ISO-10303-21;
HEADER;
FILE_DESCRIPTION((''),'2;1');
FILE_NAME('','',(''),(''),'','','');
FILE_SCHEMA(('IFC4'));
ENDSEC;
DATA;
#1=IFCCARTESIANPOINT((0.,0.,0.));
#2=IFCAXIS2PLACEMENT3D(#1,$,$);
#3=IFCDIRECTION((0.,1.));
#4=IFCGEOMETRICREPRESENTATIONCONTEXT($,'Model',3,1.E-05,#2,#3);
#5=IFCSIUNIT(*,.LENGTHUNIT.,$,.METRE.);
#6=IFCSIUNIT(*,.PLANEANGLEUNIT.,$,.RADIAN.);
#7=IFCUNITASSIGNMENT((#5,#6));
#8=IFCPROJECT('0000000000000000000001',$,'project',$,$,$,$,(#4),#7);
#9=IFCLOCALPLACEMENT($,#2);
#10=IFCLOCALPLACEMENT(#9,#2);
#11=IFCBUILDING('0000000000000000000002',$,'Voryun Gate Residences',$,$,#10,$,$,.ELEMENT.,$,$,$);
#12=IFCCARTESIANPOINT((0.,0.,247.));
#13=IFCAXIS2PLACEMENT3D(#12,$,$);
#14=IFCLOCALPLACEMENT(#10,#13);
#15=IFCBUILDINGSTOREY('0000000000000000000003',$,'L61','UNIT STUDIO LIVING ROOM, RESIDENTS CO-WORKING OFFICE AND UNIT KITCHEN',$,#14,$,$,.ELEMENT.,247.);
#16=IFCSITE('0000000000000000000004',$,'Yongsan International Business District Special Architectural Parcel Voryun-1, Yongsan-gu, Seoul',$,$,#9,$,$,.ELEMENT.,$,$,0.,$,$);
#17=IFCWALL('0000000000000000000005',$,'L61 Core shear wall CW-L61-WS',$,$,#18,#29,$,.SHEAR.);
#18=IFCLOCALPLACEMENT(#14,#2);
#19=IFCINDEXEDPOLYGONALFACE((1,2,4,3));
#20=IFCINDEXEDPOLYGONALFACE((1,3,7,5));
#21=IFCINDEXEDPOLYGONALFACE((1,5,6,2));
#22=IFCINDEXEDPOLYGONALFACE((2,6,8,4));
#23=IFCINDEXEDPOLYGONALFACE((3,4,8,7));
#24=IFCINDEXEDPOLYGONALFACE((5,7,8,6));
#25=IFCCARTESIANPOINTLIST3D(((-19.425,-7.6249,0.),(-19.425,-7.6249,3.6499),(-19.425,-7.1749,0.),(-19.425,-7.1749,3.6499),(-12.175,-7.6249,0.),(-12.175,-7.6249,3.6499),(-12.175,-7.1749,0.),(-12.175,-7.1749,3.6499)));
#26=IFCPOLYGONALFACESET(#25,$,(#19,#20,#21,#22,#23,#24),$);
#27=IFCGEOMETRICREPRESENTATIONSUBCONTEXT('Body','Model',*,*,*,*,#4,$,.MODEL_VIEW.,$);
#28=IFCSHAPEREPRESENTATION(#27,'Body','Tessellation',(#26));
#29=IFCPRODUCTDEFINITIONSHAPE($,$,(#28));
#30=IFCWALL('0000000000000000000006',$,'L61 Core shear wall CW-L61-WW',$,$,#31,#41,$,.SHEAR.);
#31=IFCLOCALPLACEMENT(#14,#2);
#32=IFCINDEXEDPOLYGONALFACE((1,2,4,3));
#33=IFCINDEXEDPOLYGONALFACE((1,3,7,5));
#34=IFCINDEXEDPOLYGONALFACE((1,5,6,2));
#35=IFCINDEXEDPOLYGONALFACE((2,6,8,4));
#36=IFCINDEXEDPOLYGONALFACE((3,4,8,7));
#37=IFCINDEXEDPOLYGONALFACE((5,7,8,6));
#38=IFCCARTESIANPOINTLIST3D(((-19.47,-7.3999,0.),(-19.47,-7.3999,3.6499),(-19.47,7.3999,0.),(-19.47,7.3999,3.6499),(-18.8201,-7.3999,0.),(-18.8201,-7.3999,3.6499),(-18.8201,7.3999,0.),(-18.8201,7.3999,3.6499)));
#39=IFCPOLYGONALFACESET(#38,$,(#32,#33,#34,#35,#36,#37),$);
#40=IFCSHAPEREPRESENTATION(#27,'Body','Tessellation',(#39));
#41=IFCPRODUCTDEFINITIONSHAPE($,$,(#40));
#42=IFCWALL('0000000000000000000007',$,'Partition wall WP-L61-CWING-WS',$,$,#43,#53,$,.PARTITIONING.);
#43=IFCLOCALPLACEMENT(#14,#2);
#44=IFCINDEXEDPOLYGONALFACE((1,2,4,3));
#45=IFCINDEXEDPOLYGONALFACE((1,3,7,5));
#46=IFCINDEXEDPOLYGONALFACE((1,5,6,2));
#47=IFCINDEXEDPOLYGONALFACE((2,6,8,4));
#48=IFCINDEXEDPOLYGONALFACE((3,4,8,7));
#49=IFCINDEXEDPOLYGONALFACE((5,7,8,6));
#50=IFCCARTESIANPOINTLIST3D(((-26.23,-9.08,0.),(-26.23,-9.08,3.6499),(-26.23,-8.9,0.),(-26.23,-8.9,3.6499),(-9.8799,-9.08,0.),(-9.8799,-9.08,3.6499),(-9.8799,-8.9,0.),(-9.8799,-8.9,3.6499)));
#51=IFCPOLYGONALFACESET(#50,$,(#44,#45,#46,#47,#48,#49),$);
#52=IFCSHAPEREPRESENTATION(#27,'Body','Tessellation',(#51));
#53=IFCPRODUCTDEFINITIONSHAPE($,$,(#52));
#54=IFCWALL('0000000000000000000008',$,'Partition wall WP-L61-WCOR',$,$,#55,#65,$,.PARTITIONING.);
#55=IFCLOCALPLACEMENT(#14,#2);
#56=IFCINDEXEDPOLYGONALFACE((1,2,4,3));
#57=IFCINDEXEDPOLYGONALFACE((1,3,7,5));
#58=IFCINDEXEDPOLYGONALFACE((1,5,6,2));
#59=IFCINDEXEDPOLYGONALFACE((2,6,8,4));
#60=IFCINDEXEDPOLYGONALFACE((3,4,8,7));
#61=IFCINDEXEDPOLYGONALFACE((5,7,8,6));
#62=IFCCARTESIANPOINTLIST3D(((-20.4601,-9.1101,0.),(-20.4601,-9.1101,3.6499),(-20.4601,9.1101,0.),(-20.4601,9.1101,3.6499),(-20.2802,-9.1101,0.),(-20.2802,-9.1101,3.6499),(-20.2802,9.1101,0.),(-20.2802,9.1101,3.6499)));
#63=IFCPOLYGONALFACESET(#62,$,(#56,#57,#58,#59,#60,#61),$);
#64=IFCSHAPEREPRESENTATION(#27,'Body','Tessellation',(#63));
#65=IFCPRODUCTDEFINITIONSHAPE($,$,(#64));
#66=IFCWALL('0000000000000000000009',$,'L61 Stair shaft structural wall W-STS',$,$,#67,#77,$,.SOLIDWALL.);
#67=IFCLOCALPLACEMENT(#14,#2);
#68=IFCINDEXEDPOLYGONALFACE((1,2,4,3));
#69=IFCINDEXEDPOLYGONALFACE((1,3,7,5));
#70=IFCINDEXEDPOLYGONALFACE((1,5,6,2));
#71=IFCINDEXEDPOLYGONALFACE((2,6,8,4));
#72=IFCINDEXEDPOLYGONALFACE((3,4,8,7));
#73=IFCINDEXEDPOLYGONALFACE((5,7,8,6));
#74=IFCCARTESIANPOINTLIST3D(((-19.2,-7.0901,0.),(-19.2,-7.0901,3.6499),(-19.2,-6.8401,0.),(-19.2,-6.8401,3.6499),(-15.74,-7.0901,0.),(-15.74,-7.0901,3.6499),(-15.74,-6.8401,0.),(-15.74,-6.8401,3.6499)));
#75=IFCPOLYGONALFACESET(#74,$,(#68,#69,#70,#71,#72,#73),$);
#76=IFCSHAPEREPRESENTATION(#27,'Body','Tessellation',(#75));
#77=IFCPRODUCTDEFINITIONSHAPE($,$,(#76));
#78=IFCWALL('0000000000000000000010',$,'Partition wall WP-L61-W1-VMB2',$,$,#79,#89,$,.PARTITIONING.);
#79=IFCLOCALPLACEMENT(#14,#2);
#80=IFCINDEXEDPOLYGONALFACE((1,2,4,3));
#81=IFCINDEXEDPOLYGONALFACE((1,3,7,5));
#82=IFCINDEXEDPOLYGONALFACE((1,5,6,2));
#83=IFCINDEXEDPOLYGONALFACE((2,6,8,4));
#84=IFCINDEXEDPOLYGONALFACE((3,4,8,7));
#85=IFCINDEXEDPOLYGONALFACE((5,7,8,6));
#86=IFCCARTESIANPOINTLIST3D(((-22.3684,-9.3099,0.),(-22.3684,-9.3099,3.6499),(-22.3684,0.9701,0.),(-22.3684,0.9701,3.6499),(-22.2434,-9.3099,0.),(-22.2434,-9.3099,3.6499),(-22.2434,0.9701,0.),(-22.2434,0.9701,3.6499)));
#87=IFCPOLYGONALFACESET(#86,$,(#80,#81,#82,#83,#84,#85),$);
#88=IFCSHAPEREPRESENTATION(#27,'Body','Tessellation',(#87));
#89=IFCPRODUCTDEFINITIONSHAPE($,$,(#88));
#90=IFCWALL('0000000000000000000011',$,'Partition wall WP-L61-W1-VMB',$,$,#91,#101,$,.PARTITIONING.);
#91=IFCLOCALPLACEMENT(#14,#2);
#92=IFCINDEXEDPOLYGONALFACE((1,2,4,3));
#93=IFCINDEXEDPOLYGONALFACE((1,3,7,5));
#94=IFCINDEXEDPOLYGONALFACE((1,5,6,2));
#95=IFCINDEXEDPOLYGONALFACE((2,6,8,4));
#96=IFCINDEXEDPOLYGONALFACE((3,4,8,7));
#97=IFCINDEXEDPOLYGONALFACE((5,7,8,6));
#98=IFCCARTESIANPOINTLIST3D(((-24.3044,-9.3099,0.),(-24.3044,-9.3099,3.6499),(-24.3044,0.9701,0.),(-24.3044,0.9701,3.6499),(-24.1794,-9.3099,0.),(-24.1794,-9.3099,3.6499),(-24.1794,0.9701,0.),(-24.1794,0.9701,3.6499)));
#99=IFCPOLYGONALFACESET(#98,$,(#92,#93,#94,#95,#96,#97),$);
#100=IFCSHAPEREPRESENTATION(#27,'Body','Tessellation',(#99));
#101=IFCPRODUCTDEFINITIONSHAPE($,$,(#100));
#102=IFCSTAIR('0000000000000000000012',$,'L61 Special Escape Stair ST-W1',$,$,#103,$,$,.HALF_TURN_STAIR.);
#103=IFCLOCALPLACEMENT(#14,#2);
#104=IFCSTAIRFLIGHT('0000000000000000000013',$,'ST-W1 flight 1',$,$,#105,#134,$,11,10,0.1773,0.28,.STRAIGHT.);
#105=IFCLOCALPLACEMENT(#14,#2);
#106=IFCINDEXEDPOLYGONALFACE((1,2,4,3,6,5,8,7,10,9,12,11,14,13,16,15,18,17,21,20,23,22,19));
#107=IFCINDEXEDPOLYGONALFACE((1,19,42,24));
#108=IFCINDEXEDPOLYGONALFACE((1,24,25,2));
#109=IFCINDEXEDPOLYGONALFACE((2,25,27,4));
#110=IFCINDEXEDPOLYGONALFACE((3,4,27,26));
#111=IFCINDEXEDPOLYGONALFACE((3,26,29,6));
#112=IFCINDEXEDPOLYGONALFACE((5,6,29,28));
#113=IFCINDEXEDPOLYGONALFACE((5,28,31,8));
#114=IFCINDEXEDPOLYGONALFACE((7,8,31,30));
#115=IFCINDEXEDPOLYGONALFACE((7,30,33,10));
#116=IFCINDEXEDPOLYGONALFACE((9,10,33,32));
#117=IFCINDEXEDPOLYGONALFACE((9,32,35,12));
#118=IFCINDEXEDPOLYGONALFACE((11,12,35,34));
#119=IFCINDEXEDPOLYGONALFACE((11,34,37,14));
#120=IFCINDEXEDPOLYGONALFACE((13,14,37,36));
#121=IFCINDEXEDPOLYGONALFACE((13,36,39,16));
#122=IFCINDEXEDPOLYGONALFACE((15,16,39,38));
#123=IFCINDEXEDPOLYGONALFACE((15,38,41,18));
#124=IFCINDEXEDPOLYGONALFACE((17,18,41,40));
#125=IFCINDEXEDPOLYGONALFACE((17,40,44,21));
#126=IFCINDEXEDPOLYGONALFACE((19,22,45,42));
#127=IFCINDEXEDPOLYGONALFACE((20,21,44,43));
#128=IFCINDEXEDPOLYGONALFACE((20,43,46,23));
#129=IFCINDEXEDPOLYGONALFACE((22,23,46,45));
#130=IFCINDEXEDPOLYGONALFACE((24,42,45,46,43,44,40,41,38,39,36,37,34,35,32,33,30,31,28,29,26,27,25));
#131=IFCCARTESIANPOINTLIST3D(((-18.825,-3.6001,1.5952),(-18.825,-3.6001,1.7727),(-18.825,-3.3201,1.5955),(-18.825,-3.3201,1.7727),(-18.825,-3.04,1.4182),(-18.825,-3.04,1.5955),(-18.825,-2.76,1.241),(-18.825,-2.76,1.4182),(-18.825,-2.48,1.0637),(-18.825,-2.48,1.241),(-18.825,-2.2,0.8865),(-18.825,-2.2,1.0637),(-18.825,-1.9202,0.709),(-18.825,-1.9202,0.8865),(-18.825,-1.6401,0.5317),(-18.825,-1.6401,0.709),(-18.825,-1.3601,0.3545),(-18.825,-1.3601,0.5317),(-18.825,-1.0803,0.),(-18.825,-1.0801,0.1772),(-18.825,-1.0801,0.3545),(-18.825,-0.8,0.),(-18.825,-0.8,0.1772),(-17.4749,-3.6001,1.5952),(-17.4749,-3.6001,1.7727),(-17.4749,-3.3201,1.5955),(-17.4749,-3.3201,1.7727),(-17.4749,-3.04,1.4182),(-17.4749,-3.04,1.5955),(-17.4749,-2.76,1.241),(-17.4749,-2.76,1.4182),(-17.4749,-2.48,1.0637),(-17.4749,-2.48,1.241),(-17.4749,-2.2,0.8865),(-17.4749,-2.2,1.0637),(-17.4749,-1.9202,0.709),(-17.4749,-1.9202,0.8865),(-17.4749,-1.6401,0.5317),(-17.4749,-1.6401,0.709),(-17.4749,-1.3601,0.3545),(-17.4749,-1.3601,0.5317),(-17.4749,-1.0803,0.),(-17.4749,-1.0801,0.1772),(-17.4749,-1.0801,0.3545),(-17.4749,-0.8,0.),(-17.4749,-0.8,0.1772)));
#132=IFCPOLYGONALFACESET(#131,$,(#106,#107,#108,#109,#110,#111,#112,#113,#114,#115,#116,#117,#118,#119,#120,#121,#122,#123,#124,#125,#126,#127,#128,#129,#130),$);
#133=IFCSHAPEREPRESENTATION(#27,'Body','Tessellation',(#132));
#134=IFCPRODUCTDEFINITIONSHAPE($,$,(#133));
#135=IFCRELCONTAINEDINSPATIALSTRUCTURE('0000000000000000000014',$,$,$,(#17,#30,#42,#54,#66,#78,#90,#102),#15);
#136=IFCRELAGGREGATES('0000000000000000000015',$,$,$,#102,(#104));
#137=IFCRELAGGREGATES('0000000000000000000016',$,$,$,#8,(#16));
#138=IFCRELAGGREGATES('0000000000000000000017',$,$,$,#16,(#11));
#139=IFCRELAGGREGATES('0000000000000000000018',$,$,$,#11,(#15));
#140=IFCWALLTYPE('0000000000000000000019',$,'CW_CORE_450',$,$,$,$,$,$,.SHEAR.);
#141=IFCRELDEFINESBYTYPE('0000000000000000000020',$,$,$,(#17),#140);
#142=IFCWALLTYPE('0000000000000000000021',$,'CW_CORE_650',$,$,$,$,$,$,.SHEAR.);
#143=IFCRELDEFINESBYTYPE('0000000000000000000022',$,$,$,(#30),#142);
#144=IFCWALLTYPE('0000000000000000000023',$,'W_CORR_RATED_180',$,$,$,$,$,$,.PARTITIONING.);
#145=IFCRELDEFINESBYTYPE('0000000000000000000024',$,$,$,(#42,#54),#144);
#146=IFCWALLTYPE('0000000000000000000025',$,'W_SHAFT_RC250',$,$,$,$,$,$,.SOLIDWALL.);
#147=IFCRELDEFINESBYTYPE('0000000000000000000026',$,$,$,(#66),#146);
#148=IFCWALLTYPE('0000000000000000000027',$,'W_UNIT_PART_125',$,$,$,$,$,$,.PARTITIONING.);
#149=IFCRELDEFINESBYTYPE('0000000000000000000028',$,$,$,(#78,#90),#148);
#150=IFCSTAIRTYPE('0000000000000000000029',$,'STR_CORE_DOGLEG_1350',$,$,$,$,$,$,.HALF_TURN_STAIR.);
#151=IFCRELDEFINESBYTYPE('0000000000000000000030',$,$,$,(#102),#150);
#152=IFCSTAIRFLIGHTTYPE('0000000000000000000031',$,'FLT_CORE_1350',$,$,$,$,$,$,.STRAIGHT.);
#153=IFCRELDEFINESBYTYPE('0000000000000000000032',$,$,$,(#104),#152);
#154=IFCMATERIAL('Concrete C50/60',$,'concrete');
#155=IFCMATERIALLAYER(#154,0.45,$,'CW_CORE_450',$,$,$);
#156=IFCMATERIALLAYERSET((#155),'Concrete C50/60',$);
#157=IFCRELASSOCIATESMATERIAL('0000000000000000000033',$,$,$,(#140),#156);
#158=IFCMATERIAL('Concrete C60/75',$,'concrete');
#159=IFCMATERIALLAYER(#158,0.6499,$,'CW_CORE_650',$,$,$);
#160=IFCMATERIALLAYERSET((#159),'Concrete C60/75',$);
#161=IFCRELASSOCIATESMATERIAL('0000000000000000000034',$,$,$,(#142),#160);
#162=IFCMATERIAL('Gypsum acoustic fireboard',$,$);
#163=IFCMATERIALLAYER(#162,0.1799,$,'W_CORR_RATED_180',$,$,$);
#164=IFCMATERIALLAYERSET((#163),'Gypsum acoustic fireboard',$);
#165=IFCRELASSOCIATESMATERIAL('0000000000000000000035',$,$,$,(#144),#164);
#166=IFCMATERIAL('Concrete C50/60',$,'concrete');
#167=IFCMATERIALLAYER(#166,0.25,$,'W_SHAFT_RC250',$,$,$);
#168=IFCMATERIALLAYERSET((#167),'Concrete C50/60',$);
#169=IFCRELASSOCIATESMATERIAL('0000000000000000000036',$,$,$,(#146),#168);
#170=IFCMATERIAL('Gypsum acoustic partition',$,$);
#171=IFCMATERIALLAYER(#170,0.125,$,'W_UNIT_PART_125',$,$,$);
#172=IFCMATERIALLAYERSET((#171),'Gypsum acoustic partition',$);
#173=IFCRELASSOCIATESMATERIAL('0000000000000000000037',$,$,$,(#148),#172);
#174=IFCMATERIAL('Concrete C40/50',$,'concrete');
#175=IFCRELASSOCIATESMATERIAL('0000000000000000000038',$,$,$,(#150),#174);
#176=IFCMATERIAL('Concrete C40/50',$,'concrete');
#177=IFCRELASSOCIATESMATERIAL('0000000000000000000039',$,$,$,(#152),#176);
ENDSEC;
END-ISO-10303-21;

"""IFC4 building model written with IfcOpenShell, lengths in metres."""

from ifc_helpers import new_model, si_unit, direction, frame, frame_2d, origin, place, context, subcontext, project, spatial, polyline, rectangle, outline, extrude, material, layer, layer_set, type_object, element, aggregate, save


model = new_model("IFC4")

# Units and contexts
model_context = context("Model", 3, precision=1e-05, world=origin(), true_north=direction((0.0, 1.0)))
body_context = subcontext(model_context, "Body", "Model", "MODEL_VIEW")
ifc_project = project(units=[si_unit("LENGTHUNIT", "METRE"), si_unit("PLANEANGLEUNIT", "RADIAN")], contexts=[model_context])

# Site, building, storey
site_placement = place(None, origin())
site = spatial("IfcSite", under=ifc_project, at=site_placement, Name="Yongsan International Business District Special Architectural Parcel Voryun-1, Yongsan-gu, Seoul", CompositionType="ELEMENT", RefElevation=0.0)
building_placement = place(site_placement, origin())
building = spatial("IfcBuilding", under=site, at=building_placement, Name="Voryun Gate Residences", CompositionType="ELEMENT")
storey_placement = place(building_placement, frame((0.0, 0.0, 247.0)))
storey = spatial("IfcBuildingStorey", under=building, at=storey_placement, Name="L61", Description="UNIT STUDIO LIVING ROOM, RESIDENTS CO-WORKING OFFICE AND UNIT KITCHEN", CompositionType="ELEMENT", Elevation=247.0)

# Walls
ifc_material_1 = material(Name="Concrete C50/60", Category="concrete")
ifc_layer_1 = layer(ifc_material_1, 0.45, Name="CW_CORE_450")
ifc_layer_set_1 = layer_set([ifc_layer_1], Name="Concrete C50/60")
wall_type_1 = type_object("IfcWallType", Name="CW_CORE_450", PredefinedType="SHEAR", material=ifc_layer_set_1)
wall_1_placement = place(storey_placement, frame((-19.425, -7.3999, 0.0), z_axis=(0.0, 0.0, 1.0), x_axis=(1.0, 0.0, 0.0)))
element("IfcWall", 1, at=wall_1_placement, inside=storey, type_object=wall_type_1, Name="L61 Core shear wall CW-L61-WS", PredefinedType="SHEAR", context=body_context, shape_type="SweptSolid", body=[
    extrude(rectangle(XDim=7.25, YDim=0.45, at=frame_2d((3.625, 0.0))), origin(), (0.0, 0.0, 1.0), 3.6499),
])
ifc_material_2 = material(Name="Concrete C60/75", Category="concrete")
ifc_layer_2 = layer(ifc_material_2, 0.6499, Name="CW_CORE_650")
ifc_layer_set_2 = layer_set([ifc_layer_2], Name="Concrete C60/75")
wall_type_2 = type_object("IfcWallType", Name="CW_CORE_650", PredefinedType="SHEAR", material=ifc_layer_set_2)
wall_2_placement = place(storey_placement, frame((-19.145, -7.3999, 0.0), z_axis=(0.0, 0.0, 1.0), x_axis=(0.0, 1.0, 0.0)))
element("IfcWall", 2, at=wall_2_placement, inside=storey, type_object=wall_type_2, Name="L61 Core shear wall CW-L61-WW", PredefinedType="SHEAR", context=body_context, shape_type="SweptSolid", body=[
    extrude(rectangle(XDim=14.7998, YDim=0.6499, at=frame_2d((7.3999, 0.0))), origin(), (0.0, 0.0, 1.0), 3.6499),
])
ifc_material_3 = material(Name="Gypsum acoustic fireboard")
ifc_layer_3 = layer(ifc_material_3, 0.1799, Name="W_CORR_RATED_180")
ifc_layer_set_3 = layer_set([ifc_layer_3], Name="Gypsum acoustic fireboard")
wall_type_3 = type_object("IfcWallType", Name="W_CORR_RATED_180", PredefinedType="PARTITIONING", material=ifc_layer_set_3)
wall_3_placement = place(storey_placement, frame((-26.23, -8.99, 0.0), z_axis=(0.0, 0.0, 1.0), x_axis=(1.0, 0.0, 0.0)))
element("IfcWall", 3, at=wall_3_placement, inside=storey, type_object=wall_type_3, Name="Partition wall WP-L61-CWING-WS", PredefinedType="PARTITIONING", context=body_context, shape_type="SweptSolid", body=[
    extrude(rectangle(XDim=16.3501, YDim=0.1799, at=frame_2d((8.175, 0.0))), origin(), (0.0, 0.0, 1.0), 3.6499),
])
wall_4_placement = place(storey_placement, frame((-20.3701, -9.1101, 0.0), z_axis=(0.0, 0.0, 1.0), x_axis=(0.0, 1.0, 0.0)))
element("IfcWall", 4, at=wall_4_placement, inside=storey, type_object=wall_type_3, Name="Partition wall WP-L61-WCOR", PredefinedType="PARTITIONING", context=body_context, shape_type="SweptSolid", body=[
    extrude(rectangle(XDim=18.2202, YDim=0.1799, at=frame_2d((9.1101, 0.0))), origin(), (0.0, 0.0, 1.0), 3.6499),
])
ifc_material_4 = material(Name="Concrete C50/60", Category="concrete")
ifc_layer_4 = layer(ifc_material_4, 0.25, Name="W_SHAFT_RC250")
ifc_layer_set_4 = layer_set([ifc_layer_4], Name="Concrete C50/60")
wall_type_4 = type_object("IfcWallType", Name="W_SHAFT_RC250", PredefinedType="SOLIDWALL", material=ifc_layer_set_4)
wall_5_placement = place(storey_placement, frame((-19.2, -6.9651, 0.0), z_axis=(0.0, 0.0, 1.0), x_axis=(1.0, 0.0, 0.0)))
element("IfcWall", 5, at=wall_5_placement, inside=storey, type_object=wall_type_4, Name="L61 Stair shaft structural wall W-STS", PredefinedType="SOLIDWALL", context=body_context, shape_type="SweptSolid", body=[
    extrude(rectangle(XDim=3.46, YDim=0.25, at=frame_2d((1.73, 0.0))), origin(), (0.0, 0.0, 1.0), 3.6499),
])
ifc_material_5 = material(Name="Gypsum acoustic partition")
ifc_layer_5 = layer(ifc_material_5, 0.125, Name="W_UNIT_PART_125")
ifc_layer_set_5 = layer_set([ifc_layer_5], Name="Gypsum acoustic partition")
wall_type_5 = type_object("IfcWallType", Name="W_UNIT_PART_125", PredefinedType="PARTITIONING", material=ifc_layer_set_5)
for number, where, z_axis, x_axis, name in (
    (6, (-22.3059, -9.3101, 0.0), (0.0, 0.0, 1.0), (0.0, 1.0, 0.0), "Partition wall WP-L61-W1-VMB2"),
    (7, (-24.2419, -9.3101, 0.0), (0.0, 0.0, 1.0), (0.0, 1.0, 0.0), "Partition wall WP-L61-W1-VMB"),
):
    element("IfcWall", number, at=place(storey_placement, frame(where, z_axis=z_axis, x_axis=x_axis)), inside=storey, type_object=wall_type_5, Name=name, PredefinedType="PARTITIONING", context=body_context, shape_type="SweptSolid", body=[
        extrude(rectangle(XDim=10.28, YDim=0.125, at=frame_2d((5.1401, 0.0))), origin(), (0.0, 0.0, 1.0), 3.6499),
    ])

# Stair, stair flight
ifc_material_6 = material(Name="Concrete C40/50", Category="concrete")
stair_type = type_object("IfcStairType", Name="STR_CORE_DOGLEG_1350", PredefinedType="HALF_TURN_STAIR", material=ifc_material_6)
stair_placement = place(storey_placement, origin())
stair = element("IfcStair", 8, at=stair_placement, inside=storey, type_object=stair_type, Name="L61 Special Escape Stair ST-W1", PredefinedType="HALF_TURN_STAIR")
ifc_material_7 = material(Name="Concrete C40/50", Category="concrete")
stair_flight_type = type_object("IfcStairFlightType", Name="FLT_CORE_1350", PredefinedType="STRAIGHT", material=ifc_material_7)
stair_flight_placement = place(storey_placement, frame((-18.1499, -0.8, 0.0), z_axis=(0.0, 0.0, 1.0), x_axis=(0.0, -1.0, 0.0)))
stair_flight = element("IfcStairFlight", 9, at=stair_flight_placement, type_object=stair_flight_type, Name="ST-W1 flight 1", NumberOfRisers=11, NumberOfTreads=10, PredefinedType="STRAIGHT", RiserHeight=0.1773, TreadLength=0.28, context=body_context, shape_type="SweptSolid", body=[
    extrude(outline(polyline([(0.0, 0.0), (0.0, 0.1772), (0.28, 0.1772), (0.28, 0.3545), (0.5601, 0.3545), (0.5601, 0.5317), (0.8401, 0.5317), (0.8401, 0.709), (1.1201, 0.709), (1.1201, 0.8865), (1.3999, 0.8865), (1.3999, 1.0637), (1.6799, 1.0637), (1.6799, 1.241), (1.96, 1.241), (1.96, 1.4182), (2.24, 1.4182), (2.24, 1.5955), (2.52, 1.5955), (2.52, 1.7727), (2.8, 1.7727), (2.8, 1.95), (2.8, 1.5952), (0.2803, 0.0), (0.0, 0.0)])), frame((0.0, 0.675, 0.0), z_axis=(0.0, -1.0, 0.0), x_axis=(1.0, 0.0, 0.0)), (0.0, 0.0, 1.0), 1.3501),
])
aggregate(stair, [stair_flight])

save(model, "model.ifc")
